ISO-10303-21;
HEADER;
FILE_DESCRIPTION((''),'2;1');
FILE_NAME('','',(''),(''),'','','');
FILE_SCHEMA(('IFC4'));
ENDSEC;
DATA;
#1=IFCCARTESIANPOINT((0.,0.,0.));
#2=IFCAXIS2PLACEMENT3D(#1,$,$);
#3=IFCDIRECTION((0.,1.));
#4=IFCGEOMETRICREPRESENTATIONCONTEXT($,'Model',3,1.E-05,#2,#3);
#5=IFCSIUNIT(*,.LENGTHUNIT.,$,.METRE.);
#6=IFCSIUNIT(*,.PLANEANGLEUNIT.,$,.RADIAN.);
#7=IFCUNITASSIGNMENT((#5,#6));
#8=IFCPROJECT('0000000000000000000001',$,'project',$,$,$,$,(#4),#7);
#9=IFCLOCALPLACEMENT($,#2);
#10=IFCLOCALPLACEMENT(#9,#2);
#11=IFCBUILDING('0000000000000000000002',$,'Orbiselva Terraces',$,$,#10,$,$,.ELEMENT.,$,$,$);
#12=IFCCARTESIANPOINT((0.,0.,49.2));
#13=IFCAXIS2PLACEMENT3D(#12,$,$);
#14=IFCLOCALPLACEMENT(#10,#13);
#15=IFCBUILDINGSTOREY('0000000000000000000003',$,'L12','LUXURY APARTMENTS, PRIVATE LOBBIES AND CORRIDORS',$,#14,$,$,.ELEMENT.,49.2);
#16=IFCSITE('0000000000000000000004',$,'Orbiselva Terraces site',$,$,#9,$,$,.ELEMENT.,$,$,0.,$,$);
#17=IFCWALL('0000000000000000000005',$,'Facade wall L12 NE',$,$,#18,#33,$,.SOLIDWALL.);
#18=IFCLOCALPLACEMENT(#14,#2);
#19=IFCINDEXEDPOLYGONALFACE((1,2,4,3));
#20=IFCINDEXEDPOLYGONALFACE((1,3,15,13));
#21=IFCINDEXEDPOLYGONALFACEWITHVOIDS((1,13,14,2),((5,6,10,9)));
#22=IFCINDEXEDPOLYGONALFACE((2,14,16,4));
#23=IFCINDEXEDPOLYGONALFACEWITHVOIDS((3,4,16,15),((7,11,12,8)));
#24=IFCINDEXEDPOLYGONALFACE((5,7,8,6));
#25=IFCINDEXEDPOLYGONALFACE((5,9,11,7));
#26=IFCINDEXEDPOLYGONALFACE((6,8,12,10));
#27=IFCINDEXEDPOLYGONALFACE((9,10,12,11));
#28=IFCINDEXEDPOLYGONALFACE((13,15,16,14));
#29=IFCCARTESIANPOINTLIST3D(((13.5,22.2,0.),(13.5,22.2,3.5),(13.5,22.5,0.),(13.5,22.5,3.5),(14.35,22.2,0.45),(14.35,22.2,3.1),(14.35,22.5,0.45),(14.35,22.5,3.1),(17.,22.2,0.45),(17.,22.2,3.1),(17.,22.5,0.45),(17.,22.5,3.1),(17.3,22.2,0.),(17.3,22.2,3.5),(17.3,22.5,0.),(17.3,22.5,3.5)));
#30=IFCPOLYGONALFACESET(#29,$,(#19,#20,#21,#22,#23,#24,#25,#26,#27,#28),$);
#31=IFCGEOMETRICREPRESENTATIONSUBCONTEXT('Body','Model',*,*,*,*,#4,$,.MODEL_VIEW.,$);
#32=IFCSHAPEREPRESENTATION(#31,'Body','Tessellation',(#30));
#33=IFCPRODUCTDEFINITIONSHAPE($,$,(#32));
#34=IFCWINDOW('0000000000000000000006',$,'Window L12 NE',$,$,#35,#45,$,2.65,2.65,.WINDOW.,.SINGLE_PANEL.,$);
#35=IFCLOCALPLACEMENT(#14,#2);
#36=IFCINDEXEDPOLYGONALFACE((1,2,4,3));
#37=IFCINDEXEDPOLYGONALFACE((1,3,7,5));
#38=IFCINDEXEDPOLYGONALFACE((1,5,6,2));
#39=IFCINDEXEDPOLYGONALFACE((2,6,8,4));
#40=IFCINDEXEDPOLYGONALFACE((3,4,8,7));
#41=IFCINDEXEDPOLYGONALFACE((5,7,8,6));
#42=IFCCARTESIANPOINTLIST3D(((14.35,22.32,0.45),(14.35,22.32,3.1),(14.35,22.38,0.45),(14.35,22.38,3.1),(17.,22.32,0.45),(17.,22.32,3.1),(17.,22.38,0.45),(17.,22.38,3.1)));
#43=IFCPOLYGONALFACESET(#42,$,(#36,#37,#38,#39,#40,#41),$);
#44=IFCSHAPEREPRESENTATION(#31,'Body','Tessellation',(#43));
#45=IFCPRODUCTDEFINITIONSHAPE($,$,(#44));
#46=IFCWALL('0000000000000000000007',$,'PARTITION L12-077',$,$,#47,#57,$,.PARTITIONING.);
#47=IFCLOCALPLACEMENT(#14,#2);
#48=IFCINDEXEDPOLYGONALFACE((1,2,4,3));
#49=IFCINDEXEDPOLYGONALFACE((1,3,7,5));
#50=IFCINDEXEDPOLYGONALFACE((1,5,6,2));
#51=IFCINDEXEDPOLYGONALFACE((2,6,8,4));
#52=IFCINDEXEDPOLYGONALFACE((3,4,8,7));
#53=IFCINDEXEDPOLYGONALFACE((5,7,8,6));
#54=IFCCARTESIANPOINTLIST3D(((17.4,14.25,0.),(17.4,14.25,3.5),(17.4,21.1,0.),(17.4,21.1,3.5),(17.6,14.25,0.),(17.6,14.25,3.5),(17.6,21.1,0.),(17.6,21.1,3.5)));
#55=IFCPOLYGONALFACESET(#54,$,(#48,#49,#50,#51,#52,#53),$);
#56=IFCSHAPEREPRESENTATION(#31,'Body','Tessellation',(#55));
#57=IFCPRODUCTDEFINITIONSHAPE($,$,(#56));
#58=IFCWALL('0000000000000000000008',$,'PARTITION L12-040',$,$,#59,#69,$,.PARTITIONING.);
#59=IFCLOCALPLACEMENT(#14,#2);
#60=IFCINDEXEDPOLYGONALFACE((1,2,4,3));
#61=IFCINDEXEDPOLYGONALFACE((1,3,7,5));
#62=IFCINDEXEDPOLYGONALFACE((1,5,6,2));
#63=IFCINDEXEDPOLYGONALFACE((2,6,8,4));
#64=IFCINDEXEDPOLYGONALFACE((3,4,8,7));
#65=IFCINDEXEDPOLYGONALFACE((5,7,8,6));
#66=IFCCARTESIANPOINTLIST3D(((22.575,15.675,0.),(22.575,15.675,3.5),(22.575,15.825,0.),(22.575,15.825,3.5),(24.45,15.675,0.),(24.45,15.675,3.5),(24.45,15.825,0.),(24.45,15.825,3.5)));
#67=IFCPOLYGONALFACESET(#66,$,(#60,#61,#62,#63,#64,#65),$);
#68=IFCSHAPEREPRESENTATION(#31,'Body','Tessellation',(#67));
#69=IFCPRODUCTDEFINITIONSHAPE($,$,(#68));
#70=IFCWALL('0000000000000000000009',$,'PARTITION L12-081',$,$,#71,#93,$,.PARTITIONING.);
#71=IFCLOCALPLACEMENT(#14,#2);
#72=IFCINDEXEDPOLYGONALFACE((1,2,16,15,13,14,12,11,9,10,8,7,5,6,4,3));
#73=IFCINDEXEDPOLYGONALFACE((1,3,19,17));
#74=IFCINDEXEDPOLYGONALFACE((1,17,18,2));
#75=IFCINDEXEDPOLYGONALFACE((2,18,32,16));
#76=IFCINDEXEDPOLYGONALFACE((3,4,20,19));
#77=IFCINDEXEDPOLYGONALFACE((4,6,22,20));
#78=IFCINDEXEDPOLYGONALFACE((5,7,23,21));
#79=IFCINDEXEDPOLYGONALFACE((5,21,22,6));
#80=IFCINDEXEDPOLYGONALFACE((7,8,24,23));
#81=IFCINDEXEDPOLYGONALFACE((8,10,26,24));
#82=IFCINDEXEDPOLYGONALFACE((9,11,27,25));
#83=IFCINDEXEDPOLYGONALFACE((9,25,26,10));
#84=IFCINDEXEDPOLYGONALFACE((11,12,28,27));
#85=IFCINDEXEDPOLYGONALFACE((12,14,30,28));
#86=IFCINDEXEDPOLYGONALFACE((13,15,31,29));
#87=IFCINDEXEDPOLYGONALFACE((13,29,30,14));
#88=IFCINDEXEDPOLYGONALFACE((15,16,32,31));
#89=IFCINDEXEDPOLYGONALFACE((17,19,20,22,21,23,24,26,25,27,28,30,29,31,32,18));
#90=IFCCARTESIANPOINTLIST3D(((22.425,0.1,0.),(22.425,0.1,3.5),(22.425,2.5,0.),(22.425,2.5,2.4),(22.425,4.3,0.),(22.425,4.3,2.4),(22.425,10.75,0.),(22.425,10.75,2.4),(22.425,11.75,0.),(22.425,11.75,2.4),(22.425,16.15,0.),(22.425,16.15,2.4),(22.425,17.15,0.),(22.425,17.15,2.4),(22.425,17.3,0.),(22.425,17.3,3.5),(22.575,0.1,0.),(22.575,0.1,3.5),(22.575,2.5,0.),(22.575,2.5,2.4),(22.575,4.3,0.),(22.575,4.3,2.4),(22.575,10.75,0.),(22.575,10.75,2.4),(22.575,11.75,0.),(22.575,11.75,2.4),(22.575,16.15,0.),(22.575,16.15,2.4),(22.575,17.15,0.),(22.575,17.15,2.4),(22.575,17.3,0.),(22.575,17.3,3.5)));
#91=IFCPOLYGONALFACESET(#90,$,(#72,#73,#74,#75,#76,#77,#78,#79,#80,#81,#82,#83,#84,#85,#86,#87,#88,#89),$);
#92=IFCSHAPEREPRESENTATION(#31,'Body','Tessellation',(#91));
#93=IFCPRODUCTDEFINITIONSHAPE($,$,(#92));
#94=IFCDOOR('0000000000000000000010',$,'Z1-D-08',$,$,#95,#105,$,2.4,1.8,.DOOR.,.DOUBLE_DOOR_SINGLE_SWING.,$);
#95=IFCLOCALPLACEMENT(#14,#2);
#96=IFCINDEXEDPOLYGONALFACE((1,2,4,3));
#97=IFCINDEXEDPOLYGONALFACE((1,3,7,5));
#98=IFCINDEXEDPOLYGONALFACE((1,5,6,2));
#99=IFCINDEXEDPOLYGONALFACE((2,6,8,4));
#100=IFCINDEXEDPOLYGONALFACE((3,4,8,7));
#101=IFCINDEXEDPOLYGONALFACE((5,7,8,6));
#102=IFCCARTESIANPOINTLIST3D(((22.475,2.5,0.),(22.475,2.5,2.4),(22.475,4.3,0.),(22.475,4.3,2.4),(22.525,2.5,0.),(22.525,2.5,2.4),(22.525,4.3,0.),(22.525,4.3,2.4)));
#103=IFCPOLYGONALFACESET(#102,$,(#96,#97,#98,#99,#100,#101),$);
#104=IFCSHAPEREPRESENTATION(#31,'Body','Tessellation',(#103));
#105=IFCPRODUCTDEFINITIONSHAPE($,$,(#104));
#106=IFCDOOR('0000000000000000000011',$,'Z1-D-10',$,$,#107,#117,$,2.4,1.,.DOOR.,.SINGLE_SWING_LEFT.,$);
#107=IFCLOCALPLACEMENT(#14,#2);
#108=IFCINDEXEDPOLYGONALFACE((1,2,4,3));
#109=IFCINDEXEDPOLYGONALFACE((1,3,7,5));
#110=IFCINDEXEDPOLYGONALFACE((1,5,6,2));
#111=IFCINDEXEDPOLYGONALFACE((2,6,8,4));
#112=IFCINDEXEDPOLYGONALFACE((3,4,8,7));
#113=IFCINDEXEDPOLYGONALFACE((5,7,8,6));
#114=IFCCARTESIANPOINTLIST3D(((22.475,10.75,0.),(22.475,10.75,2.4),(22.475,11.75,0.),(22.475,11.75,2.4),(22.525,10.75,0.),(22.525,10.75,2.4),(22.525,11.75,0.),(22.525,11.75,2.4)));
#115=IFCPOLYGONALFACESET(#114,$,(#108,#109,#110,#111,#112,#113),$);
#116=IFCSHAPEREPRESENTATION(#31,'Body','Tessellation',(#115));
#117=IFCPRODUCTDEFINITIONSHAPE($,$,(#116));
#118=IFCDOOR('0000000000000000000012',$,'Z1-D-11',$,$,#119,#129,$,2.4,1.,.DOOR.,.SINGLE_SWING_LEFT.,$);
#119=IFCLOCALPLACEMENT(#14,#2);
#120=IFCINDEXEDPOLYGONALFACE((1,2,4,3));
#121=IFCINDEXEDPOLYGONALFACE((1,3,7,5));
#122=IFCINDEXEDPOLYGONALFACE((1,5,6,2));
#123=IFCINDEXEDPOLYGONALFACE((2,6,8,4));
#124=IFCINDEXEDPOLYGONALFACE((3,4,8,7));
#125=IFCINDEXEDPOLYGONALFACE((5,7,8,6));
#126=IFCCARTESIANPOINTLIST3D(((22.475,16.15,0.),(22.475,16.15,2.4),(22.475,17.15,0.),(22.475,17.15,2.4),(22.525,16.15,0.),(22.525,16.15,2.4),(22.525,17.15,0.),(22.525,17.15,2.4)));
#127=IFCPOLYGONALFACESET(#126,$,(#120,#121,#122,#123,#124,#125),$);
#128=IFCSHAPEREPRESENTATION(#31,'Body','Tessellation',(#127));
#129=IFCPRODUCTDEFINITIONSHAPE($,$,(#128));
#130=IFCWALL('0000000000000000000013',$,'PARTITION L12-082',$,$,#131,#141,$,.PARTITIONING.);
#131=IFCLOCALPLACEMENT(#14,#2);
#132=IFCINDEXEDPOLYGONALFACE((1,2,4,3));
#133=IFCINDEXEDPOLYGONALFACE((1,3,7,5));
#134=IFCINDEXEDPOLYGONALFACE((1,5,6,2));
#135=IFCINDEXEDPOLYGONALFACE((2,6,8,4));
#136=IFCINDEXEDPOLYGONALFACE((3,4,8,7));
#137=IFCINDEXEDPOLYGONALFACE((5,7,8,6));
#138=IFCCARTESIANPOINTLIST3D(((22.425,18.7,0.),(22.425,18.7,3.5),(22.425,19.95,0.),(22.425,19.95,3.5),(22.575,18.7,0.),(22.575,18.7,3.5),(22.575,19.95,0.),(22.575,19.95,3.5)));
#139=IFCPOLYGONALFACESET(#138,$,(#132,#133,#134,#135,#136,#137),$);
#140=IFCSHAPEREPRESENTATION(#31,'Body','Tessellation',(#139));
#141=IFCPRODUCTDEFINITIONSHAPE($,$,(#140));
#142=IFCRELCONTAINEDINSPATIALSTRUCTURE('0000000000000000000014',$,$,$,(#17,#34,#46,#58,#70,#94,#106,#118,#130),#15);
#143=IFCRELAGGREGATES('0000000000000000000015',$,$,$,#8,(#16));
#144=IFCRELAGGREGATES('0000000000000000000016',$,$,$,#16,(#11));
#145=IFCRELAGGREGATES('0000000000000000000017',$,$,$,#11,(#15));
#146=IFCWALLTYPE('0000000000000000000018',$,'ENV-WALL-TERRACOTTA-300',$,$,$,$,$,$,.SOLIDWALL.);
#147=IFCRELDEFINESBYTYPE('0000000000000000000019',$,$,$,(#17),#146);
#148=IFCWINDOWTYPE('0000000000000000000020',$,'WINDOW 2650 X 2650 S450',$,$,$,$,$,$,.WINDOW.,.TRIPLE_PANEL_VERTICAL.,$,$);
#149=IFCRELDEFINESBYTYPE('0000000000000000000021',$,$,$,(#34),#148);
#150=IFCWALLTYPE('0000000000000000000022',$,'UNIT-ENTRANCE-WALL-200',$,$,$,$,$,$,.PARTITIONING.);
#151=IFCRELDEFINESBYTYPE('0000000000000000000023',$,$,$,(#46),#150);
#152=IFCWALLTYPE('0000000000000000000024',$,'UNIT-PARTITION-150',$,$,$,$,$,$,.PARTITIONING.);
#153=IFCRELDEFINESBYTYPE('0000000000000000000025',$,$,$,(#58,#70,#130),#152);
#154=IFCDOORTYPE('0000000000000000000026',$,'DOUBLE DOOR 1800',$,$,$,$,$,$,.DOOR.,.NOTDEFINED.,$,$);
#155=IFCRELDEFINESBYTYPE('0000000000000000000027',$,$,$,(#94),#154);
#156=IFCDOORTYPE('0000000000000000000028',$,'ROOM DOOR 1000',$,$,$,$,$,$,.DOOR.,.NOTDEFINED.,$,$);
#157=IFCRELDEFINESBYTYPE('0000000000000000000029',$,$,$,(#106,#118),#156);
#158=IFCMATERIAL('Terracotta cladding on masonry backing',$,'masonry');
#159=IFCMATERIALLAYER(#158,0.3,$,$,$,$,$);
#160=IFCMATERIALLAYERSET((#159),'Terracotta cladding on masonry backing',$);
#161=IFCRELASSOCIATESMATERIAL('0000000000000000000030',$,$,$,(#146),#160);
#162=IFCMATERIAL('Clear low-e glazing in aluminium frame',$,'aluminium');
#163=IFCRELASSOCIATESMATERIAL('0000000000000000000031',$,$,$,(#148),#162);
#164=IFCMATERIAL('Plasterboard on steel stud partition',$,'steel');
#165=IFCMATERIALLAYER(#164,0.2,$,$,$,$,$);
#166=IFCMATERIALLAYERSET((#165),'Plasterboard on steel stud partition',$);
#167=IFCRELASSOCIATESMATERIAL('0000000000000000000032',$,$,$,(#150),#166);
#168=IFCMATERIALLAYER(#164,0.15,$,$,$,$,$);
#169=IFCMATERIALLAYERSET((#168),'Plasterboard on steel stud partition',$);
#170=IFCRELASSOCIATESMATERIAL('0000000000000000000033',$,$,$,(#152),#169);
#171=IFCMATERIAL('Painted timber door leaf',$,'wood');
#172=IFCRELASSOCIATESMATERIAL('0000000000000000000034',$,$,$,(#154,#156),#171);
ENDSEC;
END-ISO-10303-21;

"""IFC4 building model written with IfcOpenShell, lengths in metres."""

from ifc_helpers import new_model, si_unit, direction, frame, frame_2d, origin, place, context, subcontext, project, spatial, rectangle, extrude, material, layer, layer_set, type_object, element, fill, save


model = new_model("IFC4")

# Units and contexts
model_context = context("Model", 3, precision=1e-05, world=origin(), true_north=direction((0.0, 1.0)))
body_context = subcontext(model_context, "Body", "Model", "MODEL_VIEW")
ifc_project = project(units=[si_unit("LENGTHUNIT", "METRE"), si_unit("PLANEANGLEUNIT", "RADIAN")], contexts=[model_context])

# Site, building, storey
site_placement = place(None, origin())
site = spatial("IfcSite", under=ifc_project, at=site_placement, Name="Orbiselva Terraces site", CompositionType="ELEMENT", RefElevation=0.0)
building_placement = place(site_placement, origin())
building = spatial("IfcBuilding", under=site, at=building_placement, Name="Orbiselva Terraces", CompositionType="ELEMENT")
storey_placement = place(building_placement, frame((0.0, 0.0, 49.2)))
storey = spatial("IfcBuildingStorey", under=building, at=storey_placement, Name="L12", Description="LUXURY APARTMENTS, PRIVATE LOBBIES AND CORRIDORS", CompositionType="ELEMENT", Elevation=49.2)

# Shared definitions
ifc_material_1 = material(Name="Terracotta cladding on masonry backing", Category="masonry")
ifc_layer_1 = layer(ifc_material_1, 0.3)
ifc_layer_set_1 = layer_set([ifc_layer_1], Name="Terracotta cladding on masonry backing")
wall_type_1 = type_object("IfcWallType", Name="ENV-WALL-TERRACOTTA-300", PredefinedType="SOLIDWALL", material=ifc_layer_set_1)
ifc_material_2 = material(Name="Clear low-e glazing in aluminium frame", Category="aluminium")

# Wall, opening, window
wall_1_placement = place(storey_placement, frame((13.5, 22.35, 0.0), z_axis=(0.0, 0.0, 1.0), x_axis=(1.0, 0.0, 0.0)))
wall_1 = element("IfcWall", 1, at=wall_1_placement, inside=storey, type_object=wall_type_1, Name="Facade wall L12 NE", PredefinedType="SOLIDWALL", context=body_context, shape_type="SweptSolid", body=[
    extrude(rectangle(XDim=3.8, YDim=0.3, at=frame_2d((1.9, 0.0))), origin(), (0.0, 0.0, 1.0), 3.5),
])
opening_1_placement = place(wall_1_placement, frame((0.85, 0.0, 0.45)))
opening_1 = element("IfcOpeningElement", 2, at=opening_1_placement, cuts=wall_1, PredefinedType="OPENING", context=body_context, shape_type="SweptSolid", body=[
    extrude(rectangle(XDim=2.65, YDim=2.65, at=frame_2d((1.325, 1.325))), frame((0.0, 0.16, 0.0), z_axis=(0.0, -1.0, 0.0), x_axis=(1.0, 0.0, 0.0)), (0.0, 0.0, 1.0), 0.32),
])
window_type = type_object("IfcWindowType", Name="WINDOW 2650 X 2650 S450", PartitioningType="TRIPLE_PANEL_VERTICAL", PredefinedType="WINDOW", material=ifc_material_2)
window_placement = place(opening_1_placement, origin())
window = element("IfcWindow", 3, at=window_placement, inside=storey, type_object=window_type, Name="Window L12 NE", OverallHeight=2.65, OverallWidth=2.65, PartitioningType="SINGLE_PANEL", PredefinedType="WINDOW", context=body_context, shape_type="SweptSolid", body=[
    extrude(rectangle(XDim=2.65, YDim=2.65, at=frame_2d((1.325, 1.325))), frame((0.0, 0.03, 0.0), z_axis=(0.0, -1.0, 0.0), x_axis=(1.0, 0.0, 0.0)), (0.0, 0.0, 1.0), 0.06),
])
fill(opening_1, window)

# Walls
ifc_material_3 = material(Name="Plasterboard on steel stud partition", Category="steel")
ifc_layer_2 = layer(ifc_material_3, 0.2)
ifc_layer_set_2 = layer_set([ifc_layer_2], Name="Plasterboard on steel stud partition")
wall_type_2 = type_object("IfcWallType", Name="UNIT-ENTRANCE-WALL-200", PredefinedType="PARTITIONING", material=ifc_layer_set_2)
wall_2_placement = place(storey_placement, frame((17.5, 14.25, 0.0), z_axis=(0.0, 0.0, 1.0), x_axis=(0.0, 1.0, 0.0)))
element("IfcWall", 4, at=wall_2_placement, inside=storey, type_object=wall_type_2, Name="PARTITION L12-077", PredefinedType="PARTITIONING", context=body_context, shape_type="SweptSolid", body=[
    extrude(rectangle(XDim=6.85, YDim=0.2, at=frame_2d((3.425, 0.0))), origin(), (0.0, 0.0, 1.0), 3.5),
])
ifc_layer_3 = layer(ifc_material_3, 0.15)
ifc_layer_set_3 = layer_set([ifc_layer_3], Name="Plasterboard on steel stud partition")
wall_type_3 = type_object("IfcWallType", Name="UNIT-PARTITION-150", PredefinedType="PARTITIONING", material=ifc_layer_set_3)
wall_3_placement = place(storey_placement, frame((22.575, 15.75, 0.0), z_axis=(0.0, 0.0, 1.0), x_axis=(1.0, 0.0, 0.0)))
element("IfcWall", 5, at=wall_3_placement, inside=storey, type_object=wall_type_3, Name="PARTITION L12-040", PredefinedType="PARTITIONING", context=body_context, shape_type="SweptSolid", body=[
    extrude(rectangle(XDim=1.875, YDim=0.15, at=frame_2d((0.9375, 0.0))), origin(), (0.0, 0.0, 1.0), 3.5),
])

# Wall, openings, doors
wall_4_placement = place(storey_placement, frame((22.5, 17.3, 0.0), z_axis=(0.0, 0.0, 1.0), x_axis=(0.0, -1.0, 0.0)))
wall_4 = element("IfcWall", 6, at=wall_4_placement, inside=storey, type_object=wall_type_3, Name="PARTITION L12-081", PredefinedType="PARTITIONING", context=body_context, shape_type="SweptSolid", body=[
    extrude(rectangle(XDim=17.2, YDim=0.15, at=frame_2d((8.6, 0.0))), origin(), (0.0, 0.0, 1.0), 3.5),
])
opening_2_placement = place(wall_4_placement, frame((13.0, 0.0, 0.0)))
opening_2 = element("IfcOpeningElement", 7, at=opening_2_placement, cuts=wall_4, PredefinedType="OPENING", context=body_context, shape_type="SweptSolid", body=[
    extrude(rectangle(XDim=1.8, YDim=2.4, at=frame_2d((0.9, 1.2))), frame((0.0, 0.085, 0.0), z_axis=(0.0, -1.0, 0.0), x_axis=(1.0, 0.0, 0.0)), (0.0, 0.0, 1.0), 0.17),
])
opening_3_placement = place(wall_4_placement, frame((5.55, 0.0, 0.0)))
opening_3 = element("IfcOpeningElement", 8, at=opening_3_placement, cuts=wall_4, PredefinedType="OPENING", context=body_context, shape_type="SweptSolid", body=[
    extrude(rectangle(XDim=1.0, YDim=2.4, at=frame_2d((0.5, 1.2))), frame((0.0, 0.085, 0.0), z_axis=(0.0, -1.0, 0.0), x_axis=(1.0, 0.0, 0.0)), (0.0, 0.0, 1.0), 0.17),
])
opening_4_placement = place(wall_4_placement, frame((0.15, 0.0, 0.0)))
opening_4 = element("IfcOpeningElement", 9, at=opening_4_placement, cuts=wall_4, PredefinedType="OPENING", context=body_context, shape_type="SweptSolid", body=[
    extrude(rectangle(XDim=1.0, YDim=2.4, at=frame_2d((0.5, 1.2))), frame((0.0, 0.085, 0.0), z_axis=(0.0, -1.0, 0.0), x_axis=(1.0, 0.0, 0.0)), (0.0, 0.0, 1.0), 0.17),
])
ifc_material_4 = material(Name="Painted timber door leaf", Category="wood")
door_type_1 = type_object("IfcDoorType", Name="DOUBLE DOOR 1800", OperationType="NOTDEFINED", PredefinedType="DOOR", material=ifc_material_4)
door_1_placement = place(opening_2_placement, origin())
door_1 = element("IfcDoor", 10, at=door_1_placement, inside=storey, type_object=door_type_1, Name="Z1-D-08", OperationType="DOUBLE_DOOR_SINGLE_SWING", OverallHeight=2.4, OverallWidth=1.8, PredefinedType="DOOR", context=body_context, shape_type="SweptSolid", body=[
    extrude(rectangle(XDim=1.8, YDim=2.4, at=frame_2d((0.9, 1.2))), frame((0.0, 0.025, 0.0), z_axis=(0.0, -1.0, 0.0), x_axis=(1.0, 0.0, 0.0)), (0.0, 0.0, 1.0), 0.05),
])
fill(opening_2, door_1)
door_type_2 = type_object("IfcDoorType", Name="ROOM DOOR 1000", OperationType="NOTDEFINED", PredefinedType="DOOR", material=ifc_material_4)
door_2_placement = place(opening_3_placement, origin())
door_2 = element("IfcDoor", 11, at=door_2_placement, inside=storey, type_object=door_type_2, Name="Z1-D-10", OperationType="SINGLE_SWING_LEFT", OverallHeight=2.4, OverallWidth=1.0, PredefinedType="DOOR", context=body_context, shape_type="SweptSolid", body=[
    extrude(rectangle(XDim=1.0, YDim=2.4, at=frame_2d((0.5, 1.2))), frame((0.0, 0.025, 0.0), z_axis=(0.0, -1.0, 0.0), x_axis=(1.0, 0.0, 0.0)), (0.0, 0.0, 1.0), 0.05),
])
fill(opening_3, door_2)
door_3_placement = place(opening_4_placement, origin())
door_3 = element("IfcDoor", 12, at=door_3_placement, inside=storey, type_object=door_type_2, Name="Z1-D-11", OperationType="SINGLE_SWING_LEFT", OverallHeight=2.4, OverallWidth=1.0, PredefinedType="DOOR", context=body_context, shape_type="SweptSolid", body=[
    extrude(rectangle(XDim=1.0, YDim=2.4, at=frame_2d((0.5, 1.2))), frame((0.0, 0.025, 0.0), z_axis=(0.0, -1.0, 0.0), x_axis=(1.0, 0.0, 0.0)), (0.0, 0.0, 1.0), 0.05),
])
fill(opening_4, door_3)

# Wall
wall_5_placement = place(storey_placement, frame((22.5, 18.7, 0.0), z_axis=(0.0, 0.0, 1.0), x_axis=(0.0, 1.0, 0.0)))
element("IfcWall", 13, at=wall_5_placement, inside=storey, type_object=wall_type_3, Name="PARTITION L12-082", PredefinedType="PARTITIONING", context=body_context, shape_type="SweptSolid", body=[
    extrude(rectangle(XDim=1.25, YDim=0.15, at=frame_2d((0.625, 0.0))), origin(), (0.0, 0.0, 1.0), 3.5),
])

save(model, "model.ifc")
